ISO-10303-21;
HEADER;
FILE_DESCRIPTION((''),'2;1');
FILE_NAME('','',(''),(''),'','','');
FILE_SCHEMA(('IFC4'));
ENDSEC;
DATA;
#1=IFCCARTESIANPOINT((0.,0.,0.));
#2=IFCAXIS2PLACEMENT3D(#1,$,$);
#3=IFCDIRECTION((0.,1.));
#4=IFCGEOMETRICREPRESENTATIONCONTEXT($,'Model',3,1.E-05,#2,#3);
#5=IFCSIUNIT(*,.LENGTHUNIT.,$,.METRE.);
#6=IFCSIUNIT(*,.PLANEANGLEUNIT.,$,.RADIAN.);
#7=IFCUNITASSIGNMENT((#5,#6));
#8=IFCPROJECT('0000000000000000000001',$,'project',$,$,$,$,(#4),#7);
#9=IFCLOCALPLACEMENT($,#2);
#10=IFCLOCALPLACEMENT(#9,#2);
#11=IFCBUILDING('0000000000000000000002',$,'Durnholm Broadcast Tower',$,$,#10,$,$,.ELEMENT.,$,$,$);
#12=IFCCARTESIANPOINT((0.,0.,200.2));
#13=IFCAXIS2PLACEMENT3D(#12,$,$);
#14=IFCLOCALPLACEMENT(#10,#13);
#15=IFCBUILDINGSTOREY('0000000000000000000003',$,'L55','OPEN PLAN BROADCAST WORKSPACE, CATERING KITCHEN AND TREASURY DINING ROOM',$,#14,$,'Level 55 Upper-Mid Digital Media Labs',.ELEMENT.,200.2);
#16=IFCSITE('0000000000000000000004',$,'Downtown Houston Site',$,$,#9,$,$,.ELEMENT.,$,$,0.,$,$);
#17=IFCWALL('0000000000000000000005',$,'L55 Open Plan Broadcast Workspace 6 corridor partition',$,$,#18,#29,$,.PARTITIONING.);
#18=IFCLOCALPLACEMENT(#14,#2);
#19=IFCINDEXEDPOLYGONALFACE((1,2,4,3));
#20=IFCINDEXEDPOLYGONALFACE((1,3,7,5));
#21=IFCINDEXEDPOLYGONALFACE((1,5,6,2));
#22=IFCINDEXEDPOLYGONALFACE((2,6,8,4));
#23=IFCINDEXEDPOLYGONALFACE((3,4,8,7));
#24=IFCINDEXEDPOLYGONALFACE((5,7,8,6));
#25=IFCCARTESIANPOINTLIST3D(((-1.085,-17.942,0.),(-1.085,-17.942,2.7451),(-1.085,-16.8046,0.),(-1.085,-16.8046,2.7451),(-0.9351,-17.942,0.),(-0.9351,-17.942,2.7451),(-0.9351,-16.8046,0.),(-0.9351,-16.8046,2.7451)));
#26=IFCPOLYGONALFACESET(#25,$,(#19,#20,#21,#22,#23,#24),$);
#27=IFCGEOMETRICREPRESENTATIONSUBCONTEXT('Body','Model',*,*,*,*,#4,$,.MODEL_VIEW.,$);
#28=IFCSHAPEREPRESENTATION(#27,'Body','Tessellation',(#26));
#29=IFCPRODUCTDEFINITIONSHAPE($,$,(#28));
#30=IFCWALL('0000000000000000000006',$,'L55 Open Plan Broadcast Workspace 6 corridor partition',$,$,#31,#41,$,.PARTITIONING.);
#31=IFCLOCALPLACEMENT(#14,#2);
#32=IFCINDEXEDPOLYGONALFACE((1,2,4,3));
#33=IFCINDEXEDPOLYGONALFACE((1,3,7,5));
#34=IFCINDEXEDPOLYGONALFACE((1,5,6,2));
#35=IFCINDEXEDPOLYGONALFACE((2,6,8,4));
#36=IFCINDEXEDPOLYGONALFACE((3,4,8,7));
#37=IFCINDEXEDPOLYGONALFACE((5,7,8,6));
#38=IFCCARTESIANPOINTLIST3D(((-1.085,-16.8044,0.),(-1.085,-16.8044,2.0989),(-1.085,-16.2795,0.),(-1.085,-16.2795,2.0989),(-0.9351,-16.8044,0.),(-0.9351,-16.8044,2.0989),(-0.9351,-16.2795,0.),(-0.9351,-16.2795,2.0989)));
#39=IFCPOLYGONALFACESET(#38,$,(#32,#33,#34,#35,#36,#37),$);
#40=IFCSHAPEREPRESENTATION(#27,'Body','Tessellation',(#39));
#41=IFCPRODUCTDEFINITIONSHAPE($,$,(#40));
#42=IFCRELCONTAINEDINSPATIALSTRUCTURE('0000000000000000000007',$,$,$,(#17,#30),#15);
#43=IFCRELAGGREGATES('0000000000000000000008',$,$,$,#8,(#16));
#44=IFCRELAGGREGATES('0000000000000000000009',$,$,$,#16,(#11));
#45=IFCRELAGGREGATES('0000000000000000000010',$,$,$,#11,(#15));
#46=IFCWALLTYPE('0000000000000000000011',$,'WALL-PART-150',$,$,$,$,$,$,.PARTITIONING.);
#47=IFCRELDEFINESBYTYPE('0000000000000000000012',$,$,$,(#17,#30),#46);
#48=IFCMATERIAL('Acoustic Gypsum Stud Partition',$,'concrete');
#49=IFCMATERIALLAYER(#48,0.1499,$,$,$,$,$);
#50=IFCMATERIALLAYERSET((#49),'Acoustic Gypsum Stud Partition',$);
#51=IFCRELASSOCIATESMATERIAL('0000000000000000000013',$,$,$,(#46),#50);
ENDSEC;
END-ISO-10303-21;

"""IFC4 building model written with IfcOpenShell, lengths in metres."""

from ifc_helpers import new_model, si_unit, direction, frame, frame_2d, origin, place, context, subcontext, project, spatial, rectangle, extrude, material, layer, layer_set, type_object, element, save


model = new_model("IFC4")

# Units and contexts
model_context = context("Model", 3, precision=1e-05, world=origin(), true_north=direction((0.0, 1.0)))
body_context = subcontext(model_context, "Body", "Model", "MODEL_VIEW")
ifc_project = project(units=[si_unit("LENGTHUNIT", "METRE"), si_unit("PLANEANGLEUNIT", "RADIAN")], contexts=[model_context])

# Site, building, storey
site_placement = place(None, origin())
site = spatial("IfcSite", under=ifc_project, at=site_placement, Name="Downtown Houston Site", CompositionType="ELEMENT", RefElevation=0.0)
building_placement = place(site_placement, origin())
building = spatial("IfcBuilding", under=site, at=building_placement, Name="Durnholm Broadcast Tower", CompositionType="ELEMENT")
storey_placement = place(building_placement, frame((0.0, 0.0, 200.2)))
storey = spatial("IfcBuildingStorey", under=building, at=storey_placement, Name="L55", Description="OPEN PLAN BROADCAST WORKSPACE, CATERING KITCHEN AND TREASURY DINING ROOM", LongName="Level 55 Upper-Mid Digital Media Labs", CompositionType="ELEMENT", Elevation=200.2)

# Walls
ifc_material_1 = material(Name="Acoustic Gypsum Stud Partition", Category="concrete")
ifc_layer_1 = layer(ifc_material_1, 0.1499)
ifc_layer_set_1 = layer_set([ifc_layer_1], Name="Acoustic Gypsum Stud Partition")
wall_type = type_object("IfcWallType", Name="WALL-PART-150", PredefinedType="PARTITIONING", material=ifc_layer_set_1)
wall_1_placement = place(storey_placement, frame((-1.01, -16.8044, 0.0), z_axis=(0.0, 0.0, 1.0), x_axis=(0.0, -1.0, 0.0)))
element("IfcWall", 1, at=wall_1_placement, inside=storey, type_object=wall_type, Name="L55 Open Plan Broadcast Workspace 6 corridor partition", PredefinedType="PARTITIONING", context=body_context, shape_type="SweptSolid", body=[
    extrude(rectangle(XDim=1.1375, YDim=0.1499, at=frame_2d((0.5688, 0.0))), origin(), (0.0, 0.0, 1.0), 2.7451),
])
wall_2_placement = place(storey_placement, frame((-1.01, -16.2795, 0.0), z_axis=(0.0, 0.0, 1.0), x_axis=(0.0, -1.0, 0.0)))
element("IfcWall", 2, at=wall_2_placement, inside=storey, type_object=wall_type, Name="L55 Open Plan Broadcast Workspace 6 corridor partition", PredefinedType="PARTITIONING", context=body_context, shape_type="SweptSolid", body=[
    extrude(rectangle(XDim=0.5249, YDim=0.1499, at=frame_2d((0.2625, 0.0))), origin(), (0.0, 0.0, 1.0), 2.0989),
])

save(model, "model.ifc")
